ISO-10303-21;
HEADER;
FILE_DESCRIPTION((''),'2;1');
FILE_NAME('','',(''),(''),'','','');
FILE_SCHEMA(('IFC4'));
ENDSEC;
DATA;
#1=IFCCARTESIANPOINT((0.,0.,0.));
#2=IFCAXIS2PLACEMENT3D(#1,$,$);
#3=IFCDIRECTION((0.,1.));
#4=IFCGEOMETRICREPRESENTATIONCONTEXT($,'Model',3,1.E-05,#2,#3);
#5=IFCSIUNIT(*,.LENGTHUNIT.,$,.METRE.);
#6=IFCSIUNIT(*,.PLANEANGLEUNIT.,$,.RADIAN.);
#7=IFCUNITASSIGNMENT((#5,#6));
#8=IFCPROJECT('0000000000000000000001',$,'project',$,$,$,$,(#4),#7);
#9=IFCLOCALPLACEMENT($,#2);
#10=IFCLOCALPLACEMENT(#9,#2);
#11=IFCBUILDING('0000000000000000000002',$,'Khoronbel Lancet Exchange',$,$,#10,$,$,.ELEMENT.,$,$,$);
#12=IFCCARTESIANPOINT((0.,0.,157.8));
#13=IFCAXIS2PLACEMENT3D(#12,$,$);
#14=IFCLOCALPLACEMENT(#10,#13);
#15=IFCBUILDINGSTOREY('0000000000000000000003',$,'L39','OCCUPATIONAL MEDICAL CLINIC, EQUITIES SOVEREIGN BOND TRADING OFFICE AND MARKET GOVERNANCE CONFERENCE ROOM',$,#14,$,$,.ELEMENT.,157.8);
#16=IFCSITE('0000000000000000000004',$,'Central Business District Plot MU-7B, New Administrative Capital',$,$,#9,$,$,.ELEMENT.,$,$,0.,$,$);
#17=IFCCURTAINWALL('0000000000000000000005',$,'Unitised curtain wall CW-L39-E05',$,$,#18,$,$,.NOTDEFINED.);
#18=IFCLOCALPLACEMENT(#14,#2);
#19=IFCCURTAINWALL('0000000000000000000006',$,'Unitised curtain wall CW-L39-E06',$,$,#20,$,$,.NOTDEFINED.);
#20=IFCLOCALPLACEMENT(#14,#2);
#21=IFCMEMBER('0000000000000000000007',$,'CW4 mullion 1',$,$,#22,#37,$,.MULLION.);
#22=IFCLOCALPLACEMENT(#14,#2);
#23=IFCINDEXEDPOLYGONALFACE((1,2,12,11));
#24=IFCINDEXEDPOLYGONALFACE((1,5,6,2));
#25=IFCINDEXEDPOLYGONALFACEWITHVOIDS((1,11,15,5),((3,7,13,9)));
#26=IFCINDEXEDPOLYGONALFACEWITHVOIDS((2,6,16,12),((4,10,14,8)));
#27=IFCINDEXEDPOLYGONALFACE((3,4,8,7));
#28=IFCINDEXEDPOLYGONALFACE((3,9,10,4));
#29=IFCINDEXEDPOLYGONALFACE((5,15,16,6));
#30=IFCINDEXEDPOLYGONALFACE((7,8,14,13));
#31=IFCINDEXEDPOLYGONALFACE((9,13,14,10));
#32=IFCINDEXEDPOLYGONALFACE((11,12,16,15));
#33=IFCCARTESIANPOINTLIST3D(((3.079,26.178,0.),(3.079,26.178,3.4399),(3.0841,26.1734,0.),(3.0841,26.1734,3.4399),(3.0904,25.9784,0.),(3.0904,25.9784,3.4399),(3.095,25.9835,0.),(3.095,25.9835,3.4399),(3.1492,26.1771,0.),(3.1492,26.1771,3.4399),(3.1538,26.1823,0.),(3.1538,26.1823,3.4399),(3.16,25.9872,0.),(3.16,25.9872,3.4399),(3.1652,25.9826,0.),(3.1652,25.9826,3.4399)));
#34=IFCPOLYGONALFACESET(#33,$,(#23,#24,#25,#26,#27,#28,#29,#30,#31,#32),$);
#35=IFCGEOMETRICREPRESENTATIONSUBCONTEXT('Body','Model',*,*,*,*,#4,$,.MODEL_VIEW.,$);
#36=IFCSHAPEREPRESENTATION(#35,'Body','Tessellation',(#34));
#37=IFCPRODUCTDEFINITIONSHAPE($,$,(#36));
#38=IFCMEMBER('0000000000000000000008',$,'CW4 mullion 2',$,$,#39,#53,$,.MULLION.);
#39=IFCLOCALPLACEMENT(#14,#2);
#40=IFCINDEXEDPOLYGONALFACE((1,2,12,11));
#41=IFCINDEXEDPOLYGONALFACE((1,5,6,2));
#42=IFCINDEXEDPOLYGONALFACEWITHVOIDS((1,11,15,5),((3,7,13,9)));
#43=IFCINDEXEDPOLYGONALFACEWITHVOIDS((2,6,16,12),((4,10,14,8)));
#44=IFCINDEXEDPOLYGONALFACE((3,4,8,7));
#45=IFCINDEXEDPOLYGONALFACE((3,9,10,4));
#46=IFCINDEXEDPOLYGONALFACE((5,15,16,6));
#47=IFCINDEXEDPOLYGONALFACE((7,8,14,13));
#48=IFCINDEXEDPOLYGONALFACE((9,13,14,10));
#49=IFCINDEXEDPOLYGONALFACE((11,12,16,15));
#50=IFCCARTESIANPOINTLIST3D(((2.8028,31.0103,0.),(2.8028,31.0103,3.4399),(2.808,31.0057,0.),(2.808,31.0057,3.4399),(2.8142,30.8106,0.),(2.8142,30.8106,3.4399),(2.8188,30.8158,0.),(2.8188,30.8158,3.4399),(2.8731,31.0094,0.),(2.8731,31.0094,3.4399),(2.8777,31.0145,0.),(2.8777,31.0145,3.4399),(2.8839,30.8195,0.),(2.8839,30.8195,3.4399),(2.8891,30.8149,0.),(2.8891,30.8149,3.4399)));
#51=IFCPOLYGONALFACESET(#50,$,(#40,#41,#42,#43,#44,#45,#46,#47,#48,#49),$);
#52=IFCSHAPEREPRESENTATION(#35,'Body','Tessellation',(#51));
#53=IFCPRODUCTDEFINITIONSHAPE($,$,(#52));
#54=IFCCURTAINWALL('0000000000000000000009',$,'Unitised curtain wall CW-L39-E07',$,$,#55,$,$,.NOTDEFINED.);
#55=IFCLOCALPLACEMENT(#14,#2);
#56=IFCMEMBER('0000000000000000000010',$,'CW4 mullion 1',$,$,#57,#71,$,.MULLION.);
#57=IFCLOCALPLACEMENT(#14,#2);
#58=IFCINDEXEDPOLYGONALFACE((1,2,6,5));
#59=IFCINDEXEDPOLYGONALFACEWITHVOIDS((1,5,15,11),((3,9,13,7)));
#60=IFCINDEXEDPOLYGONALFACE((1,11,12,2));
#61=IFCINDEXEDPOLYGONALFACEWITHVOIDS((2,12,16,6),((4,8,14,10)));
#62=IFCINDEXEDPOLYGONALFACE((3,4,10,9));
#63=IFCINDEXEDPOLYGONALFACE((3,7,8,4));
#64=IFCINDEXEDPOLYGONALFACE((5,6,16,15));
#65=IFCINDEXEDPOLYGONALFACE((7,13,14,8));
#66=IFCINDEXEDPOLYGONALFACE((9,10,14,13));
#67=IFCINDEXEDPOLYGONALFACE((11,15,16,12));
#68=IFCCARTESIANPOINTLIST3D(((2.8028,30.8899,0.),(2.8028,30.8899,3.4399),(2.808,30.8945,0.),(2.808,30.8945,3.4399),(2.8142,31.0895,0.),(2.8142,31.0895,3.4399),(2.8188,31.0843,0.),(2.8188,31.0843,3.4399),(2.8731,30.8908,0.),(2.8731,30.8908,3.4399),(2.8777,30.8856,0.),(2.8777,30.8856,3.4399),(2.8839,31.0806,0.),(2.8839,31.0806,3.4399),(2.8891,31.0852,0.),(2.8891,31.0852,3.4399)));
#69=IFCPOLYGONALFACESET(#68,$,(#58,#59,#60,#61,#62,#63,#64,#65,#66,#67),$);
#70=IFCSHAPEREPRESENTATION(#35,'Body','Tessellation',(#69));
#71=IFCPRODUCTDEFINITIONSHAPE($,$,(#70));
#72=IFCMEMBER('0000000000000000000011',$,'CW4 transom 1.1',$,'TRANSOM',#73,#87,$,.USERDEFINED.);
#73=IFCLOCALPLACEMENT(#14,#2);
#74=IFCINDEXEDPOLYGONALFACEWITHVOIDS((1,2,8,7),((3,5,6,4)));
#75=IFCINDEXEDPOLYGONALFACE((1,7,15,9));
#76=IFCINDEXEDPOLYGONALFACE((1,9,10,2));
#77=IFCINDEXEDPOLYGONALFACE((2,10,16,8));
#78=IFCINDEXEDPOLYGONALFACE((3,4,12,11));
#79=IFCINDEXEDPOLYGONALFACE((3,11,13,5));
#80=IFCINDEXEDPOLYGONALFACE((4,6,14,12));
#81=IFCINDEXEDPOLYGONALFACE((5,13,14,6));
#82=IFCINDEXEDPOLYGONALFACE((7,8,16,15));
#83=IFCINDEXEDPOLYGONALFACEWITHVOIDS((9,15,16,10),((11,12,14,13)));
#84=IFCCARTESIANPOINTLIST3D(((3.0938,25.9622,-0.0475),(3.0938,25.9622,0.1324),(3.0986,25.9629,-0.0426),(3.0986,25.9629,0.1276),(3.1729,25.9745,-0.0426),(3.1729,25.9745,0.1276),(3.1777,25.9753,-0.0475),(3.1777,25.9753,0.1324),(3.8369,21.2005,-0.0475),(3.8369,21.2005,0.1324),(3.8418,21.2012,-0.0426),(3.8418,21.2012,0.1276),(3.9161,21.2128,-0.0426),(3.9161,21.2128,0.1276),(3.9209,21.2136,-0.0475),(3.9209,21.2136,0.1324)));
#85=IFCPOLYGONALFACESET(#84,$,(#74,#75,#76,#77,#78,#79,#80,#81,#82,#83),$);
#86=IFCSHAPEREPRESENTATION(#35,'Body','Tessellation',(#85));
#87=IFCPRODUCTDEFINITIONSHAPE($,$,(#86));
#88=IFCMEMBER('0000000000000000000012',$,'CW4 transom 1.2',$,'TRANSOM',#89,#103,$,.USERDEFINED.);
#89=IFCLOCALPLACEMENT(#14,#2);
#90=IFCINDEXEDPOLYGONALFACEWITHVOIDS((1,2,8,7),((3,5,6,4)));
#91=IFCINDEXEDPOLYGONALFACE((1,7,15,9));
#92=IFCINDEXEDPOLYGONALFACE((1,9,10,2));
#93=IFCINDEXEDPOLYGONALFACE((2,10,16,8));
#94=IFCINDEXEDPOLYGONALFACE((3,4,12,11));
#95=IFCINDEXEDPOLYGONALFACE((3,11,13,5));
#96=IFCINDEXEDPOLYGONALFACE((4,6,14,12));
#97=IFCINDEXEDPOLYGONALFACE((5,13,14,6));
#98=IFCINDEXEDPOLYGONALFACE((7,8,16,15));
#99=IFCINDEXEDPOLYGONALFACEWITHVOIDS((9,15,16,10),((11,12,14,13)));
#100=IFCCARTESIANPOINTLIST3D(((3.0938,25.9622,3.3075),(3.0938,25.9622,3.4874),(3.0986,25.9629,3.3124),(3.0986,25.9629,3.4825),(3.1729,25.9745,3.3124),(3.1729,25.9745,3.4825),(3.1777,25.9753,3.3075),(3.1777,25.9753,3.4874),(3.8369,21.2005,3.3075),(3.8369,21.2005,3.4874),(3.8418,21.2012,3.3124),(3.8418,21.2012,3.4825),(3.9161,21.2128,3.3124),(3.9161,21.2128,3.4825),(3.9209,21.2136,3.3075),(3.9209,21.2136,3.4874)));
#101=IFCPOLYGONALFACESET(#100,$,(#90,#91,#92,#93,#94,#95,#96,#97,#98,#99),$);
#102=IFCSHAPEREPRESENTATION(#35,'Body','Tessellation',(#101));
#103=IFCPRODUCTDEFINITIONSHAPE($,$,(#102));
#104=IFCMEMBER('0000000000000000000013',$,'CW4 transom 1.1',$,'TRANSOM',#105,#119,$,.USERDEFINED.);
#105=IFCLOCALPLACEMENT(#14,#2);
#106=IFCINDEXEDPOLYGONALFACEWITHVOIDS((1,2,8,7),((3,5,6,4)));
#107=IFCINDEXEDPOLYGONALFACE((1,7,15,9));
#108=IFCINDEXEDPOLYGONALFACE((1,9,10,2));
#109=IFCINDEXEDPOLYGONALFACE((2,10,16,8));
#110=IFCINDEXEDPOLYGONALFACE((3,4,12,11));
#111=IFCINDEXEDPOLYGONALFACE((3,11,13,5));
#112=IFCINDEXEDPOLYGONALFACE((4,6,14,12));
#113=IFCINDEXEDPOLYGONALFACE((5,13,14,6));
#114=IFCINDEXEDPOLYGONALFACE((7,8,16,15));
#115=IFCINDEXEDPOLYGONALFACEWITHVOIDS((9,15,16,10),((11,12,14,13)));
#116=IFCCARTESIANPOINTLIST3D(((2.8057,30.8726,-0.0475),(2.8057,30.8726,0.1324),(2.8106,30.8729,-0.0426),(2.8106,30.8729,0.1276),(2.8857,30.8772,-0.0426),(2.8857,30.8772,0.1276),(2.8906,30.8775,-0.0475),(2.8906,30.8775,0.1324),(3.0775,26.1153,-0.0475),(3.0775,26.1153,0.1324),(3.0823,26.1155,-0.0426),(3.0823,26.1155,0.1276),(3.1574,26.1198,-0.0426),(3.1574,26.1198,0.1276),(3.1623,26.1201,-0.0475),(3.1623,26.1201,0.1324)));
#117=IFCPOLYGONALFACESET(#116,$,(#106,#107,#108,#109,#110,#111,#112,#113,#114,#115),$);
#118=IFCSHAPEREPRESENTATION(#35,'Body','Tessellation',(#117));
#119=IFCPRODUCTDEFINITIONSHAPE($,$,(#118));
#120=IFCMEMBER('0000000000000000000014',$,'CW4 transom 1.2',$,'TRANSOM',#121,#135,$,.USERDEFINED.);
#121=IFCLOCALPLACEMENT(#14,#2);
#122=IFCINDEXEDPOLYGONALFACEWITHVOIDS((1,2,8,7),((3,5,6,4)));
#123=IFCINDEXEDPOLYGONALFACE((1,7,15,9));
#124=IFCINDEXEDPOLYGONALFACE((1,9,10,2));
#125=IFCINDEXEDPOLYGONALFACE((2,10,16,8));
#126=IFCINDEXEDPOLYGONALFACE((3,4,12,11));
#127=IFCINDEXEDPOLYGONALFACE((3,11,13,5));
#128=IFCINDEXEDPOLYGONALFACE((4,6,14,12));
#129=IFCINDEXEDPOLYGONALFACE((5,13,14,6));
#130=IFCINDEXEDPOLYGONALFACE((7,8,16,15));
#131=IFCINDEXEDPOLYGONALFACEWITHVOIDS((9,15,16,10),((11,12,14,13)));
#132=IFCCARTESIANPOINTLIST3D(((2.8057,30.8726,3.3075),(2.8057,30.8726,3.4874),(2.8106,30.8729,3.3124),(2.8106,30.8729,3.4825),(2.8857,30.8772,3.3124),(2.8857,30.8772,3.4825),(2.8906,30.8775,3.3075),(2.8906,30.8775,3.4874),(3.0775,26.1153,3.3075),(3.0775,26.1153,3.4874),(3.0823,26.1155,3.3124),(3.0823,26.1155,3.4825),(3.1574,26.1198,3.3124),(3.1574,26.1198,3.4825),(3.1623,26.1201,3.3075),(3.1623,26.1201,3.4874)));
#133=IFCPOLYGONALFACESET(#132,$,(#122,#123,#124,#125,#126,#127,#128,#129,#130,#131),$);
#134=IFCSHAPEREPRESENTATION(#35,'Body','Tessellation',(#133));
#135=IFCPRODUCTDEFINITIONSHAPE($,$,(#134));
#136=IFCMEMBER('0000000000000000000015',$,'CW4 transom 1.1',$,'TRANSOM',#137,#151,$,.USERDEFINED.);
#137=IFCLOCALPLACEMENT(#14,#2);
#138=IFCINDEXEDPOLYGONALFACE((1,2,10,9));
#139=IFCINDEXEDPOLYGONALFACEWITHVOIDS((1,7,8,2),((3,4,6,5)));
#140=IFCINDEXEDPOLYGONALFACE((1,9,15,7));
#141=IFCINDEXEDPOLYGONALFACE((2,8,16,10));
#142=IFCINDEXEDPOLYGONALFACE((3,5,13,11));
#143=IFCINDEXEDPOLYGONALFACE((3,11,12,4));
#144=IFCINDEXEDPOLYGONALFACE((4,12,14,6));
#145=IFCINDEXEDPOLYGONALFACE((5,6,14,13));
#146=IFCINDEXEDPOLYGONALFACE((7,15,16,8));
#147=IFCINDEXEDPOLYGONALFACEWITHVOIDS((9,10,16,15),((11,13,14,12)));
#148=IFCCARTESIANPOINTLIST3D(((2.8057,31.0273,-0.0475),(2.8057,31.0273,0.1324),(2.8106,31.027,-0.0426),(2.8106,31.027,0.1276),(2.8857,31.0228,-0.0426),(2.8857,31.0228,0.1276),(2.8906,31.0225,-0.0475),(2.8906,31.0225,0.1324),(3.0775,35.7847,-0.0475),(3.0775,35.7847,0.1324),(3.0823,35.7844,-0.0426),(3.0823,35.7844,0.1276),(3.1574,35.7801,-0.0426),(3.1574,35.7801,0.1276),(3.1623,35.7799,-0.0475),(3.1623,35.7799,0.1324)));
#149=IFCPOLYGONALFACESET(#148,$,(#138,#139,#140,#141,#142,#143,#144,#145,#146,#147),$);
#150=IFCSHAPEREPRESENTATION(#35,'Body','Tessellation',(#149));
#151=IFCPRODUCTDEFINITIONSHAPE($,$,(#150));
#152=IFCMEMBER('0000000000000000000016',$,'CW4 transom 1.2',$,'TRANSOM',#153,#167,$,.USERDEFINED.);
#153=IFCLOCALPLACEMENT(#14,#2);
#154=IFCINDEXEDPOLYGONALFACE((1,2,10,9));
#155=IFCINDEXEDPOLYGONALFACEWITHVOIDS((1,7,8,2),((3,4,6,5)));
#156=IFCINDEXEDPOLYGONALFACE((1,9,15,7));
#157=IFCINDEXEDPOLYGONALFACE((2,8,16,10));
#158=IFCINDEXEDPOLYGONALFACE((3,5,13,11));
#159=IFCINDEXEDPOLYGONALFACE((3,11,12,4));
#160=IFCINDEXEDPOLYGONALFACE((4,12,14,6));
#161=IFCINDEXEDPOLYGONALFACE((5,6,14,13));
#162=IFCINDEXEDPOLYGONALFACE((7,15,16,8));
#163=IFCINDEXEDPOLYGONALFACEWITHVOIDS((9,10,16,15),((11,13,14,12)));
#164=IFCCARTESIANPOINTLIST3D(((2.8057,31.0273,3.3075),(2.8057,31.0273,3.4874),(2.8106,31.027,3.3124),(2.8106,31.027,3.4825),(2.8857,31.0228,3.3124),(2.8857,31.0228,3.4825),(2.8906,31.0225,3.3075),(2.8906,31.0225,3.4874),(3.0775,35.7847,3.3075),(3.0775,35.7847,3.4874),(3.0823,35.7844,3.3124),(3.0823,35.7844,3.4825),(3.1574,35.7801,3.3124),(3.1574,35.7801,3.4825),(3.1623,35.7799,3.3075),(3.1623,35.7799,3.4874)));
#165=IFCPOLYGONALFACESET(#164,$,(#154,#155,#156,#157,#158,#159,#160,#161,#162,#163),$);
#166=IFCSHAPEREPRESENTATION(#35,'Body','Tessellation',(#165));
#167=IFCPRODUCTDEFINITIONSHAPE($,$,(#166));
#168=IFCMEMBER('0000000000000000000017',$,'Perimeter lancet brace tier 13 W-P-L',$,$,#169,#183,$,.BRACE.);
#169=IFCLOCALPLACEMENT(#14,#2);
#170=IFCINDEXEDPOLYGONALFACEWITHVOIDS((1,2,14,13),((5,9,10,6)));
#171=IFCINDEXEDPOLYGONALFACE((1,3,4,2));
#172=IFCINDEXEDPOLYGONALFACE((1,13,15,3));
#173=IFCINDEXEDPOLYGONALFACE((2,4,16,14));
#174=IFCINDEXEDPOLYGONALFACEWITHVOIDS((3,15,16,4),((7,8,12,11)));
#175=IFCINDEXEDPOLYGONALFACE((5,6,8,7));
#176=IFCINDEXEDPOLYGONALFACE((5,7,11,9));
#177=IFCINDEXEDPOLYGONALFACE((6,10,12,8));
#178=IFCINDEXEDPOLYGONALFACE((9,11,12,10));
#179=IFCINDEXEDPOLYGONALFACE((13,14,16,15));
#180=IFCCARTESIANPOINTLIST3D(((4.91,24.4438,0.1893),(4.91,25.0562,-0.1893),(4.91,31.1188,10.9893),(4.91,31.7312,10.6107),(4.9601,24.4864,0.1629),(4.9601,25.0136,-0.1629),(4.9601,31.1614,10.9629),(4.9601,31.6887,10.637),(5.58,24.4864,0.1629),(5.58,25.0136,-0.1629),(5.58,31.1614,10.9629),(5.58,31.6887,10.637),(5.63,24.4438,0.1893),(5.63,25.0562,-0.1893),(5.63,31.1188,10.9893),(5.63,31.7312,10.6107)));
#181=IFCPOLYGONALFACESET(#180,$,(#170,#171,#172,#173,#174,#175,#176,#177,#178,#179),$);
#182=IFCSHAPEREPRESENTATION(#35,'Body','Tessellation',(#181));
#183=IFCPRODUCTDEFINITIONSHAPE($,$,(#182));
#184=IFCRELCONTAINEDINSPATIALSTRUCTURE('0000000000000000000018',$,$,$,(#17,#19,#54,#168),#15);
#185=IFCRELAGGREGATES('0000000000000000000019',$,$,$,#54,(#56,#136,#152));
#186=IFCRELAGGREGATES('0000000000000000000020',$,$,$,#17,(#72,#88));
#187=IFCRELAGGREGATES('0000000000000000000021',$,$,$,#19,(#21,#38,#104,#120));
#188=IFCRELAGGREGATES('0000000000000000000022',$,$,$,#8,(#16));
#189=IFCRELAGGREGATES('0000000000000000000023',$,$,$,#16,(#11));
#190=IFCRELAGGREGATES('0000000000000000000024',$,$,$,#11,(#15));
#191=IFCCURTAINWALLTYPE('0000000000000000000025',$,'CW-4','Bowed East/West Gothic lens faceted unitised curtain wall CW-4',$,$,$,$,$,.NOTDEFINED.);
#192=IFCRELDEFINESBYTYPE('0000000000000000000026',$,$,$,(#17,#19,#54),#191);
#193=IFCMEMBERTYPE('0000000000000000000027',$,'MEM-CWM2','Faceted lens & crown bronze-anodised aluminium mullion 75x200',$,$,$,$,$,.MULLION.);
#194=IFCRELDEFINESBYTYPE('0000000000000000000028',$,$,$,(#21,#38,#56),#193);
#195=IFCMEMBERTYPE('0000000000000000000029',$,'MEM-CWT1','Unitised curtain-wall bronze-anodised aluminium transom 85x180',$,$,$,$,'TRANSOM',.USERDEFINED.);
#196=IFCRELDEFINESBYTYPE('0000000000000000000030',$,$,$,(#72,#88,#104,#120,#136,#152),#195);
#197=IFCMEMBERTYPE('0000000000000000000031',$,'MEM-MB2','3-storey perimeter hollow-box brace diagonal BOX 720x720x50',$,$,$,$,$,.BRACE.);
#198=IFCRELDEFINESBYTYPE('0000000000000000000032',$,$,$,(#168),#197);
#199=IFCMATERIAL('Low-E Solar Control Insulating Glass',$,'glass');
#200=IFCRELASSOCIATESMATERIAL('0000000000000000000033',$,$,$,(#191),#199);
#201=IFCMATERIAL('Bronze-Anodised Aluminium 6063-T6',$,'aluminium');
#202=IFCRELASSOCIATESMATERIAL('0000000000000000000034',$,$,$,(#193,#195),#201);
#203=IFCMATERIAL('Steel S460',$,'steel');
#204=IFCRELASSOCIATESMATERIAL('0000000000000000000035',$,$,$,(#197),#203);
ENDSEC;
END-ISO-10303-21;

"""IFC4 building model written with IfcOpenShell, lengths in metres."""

from ifc_helpers import new_model, si_unit, direction, frame, origin, origin_2d, place, context, subcontext, project, spatial, hollow_rectangle, extrude, material, material_profile, profile_set, type_object, element, aggregate, save


model = new_model("IFC4")

# Units and contexts
model_context = context("Model", 3, precision=1e-05, world=origin(), true_north=direction((0.0, 1.0)))
body_context = subcontext(model_context, "Body", "Model", "MODEL_VIEW")
ifc_project = project(units=[si_unit("LENGTHUNIT", "METRE"), si_unit("PLANEANGLEUNIT", "RADIAN")], contexts=[model_context])

# Site, building, storey
site_placement = place(None, origin())
site = spatial("IfcSite", under=ifc_project, at=site_placement, Name="Central Business District Plot MU-7B, New Administrative Capital", CompositionType="ELEMENT", RefElevation=0.0)
building_placement = place(site_placement, origin())
building = spatial("IfcBuilding", under=site, at=building_placement, Name="Khoronbel Lancet Exchange", CompositionType="ELEMENT")
storey_placement = place(building_placement, frame((0.0, 0.0, 157.8)))
storey = spatial("IfcBuildingStorey", under=building, at=storey_placement, Name="L39", Description="OCCUPATIONAL MEDICAL CLINIC, EQUITIES SOVEREIGN BOND TRADING OFFICE AND MARKET GOVERNANCE CONFERENCE ROOM", CompositionType="ELEMENT", Elevation=157.8)

# Shared definitions
ifc_material_1 = material(Name="Low-E Solar Control Insulating Glass", Category="glass")
curtain_wall_type = type_object("IfcCurtainWallType", Name="CW-4", Description="Bowed East/West Gothic lens faceted unitised curtain wall CW-4", PredefinedType="NOTDEFINED", material=ifc_material_1)
ifc_material_2 = material(Name="Bronze-Anodised Aluminium 6063-T6", Category="aluminium")
ifc_material_profile_1 = material_profile(ifc_material_2, hollow_rectangle(XDim=0.075, YDim=0.2, WallThickness=0.0049, at=origin_2d()), Name="ALU MULLION 75x200")
ifc_profile_set_1 = profile_set([ifc_material_profile_1], Name="Bronze-Anodised Aluminium 6063-T6")
member_type_1 = type_object("IfcMemberType", Name="MEM-CWM2", Description="Faceted lens & crown bronze-anodised aluminium mullion 75x200", PredefinedType="MULLION", material=ifc_profile_set_1)

# Curtain walls, members
curtain_wall_1_placement = place(storey_placement, origin())
curtain_wall_1 = element("IfcCurtainWall", 1, at=curtain_wall_1_placement, inside=storey, type_object=curtain_wall_type, Name="Unitised curtain wall CW-L39-E05", PredefinedType="NOTDEFINED")
curtain_wall_2_placement = place(storey_placement, origin())
curtain_wall_2 = element("IfcCurtainWall", 2, at=curtain_wall_2_placement, inside=storey, type_object=curtain_wall_type, Name="Unitised curtain wall CW-L39-E06", PredefinedType="NOTDEFINED")
member_1_placement = place(storey_placement, frame((3.1221, 26.0803, 0.0), z_axis=(0.0, 0.0, 1.0), x_axis=(-0.998373, -0.057027, 0.0)))
member_1 = element("IfcMember", 3, at=member_1_placement, type_object=member_type_1, Name="CW4 mullion 1", PredefinedType="MULLION", context=body_context, shape_type="SweptSolid", body=[
    extrude(hollow_rectangle(XDim=0.075, YDim=0.2, WallThickness=0.0049, at=origin_2d()), origin(), (0.0, 0.0, 1.0), 3.4399),
])
member_2_placement = place(storey_placement, frame((2.8459, 30.9126, 0.0), z_axis=(0.0, 0.0, 1.0), x_axis=(-0.998373, -0.057027, 0.0)))
member_2 = element("IfcMember", 4, at=member_2_placement, type_object=member_type_1, Name="CW4 mullion 2", PredefinedType="MULLION", context=body_context, shape_type="SweptSolid", body=[
    extrude(hollow_rectangle(XDim=0.075, YDim=0.2, WallThickness=0.0049, at=origin_2d()), origin(), (0.0, 0.0, 1.0), 3.4399),
])

# Curtain wall, member
curtain_wall_3_placement = place(storey_placement, origin())
curtain_wall_3 = element("IfcCurtainWall", 5, at=curtain_wall_3_placement, inside=storey, type_object=curtain_wall_type, Name="Unitised curtain wall CW-L39-E07", PredefinedType="NOTDEFINED")
member_3_placement = place(storey_placement, frame((2.8459, 30.9875, 0.0), z_axis=(0.0, 0.0, 1.0), x_axis=(-0.998373, 0.057027, 0.0)))
member_3 = element("IfcMember", 6, at=member_3_placement, type_object=member_type_1, Name="CW4 mullion 1", PredefinedType="MULLION", context=body_context, shape_type="SweptSolid", body=[
    extrude(hollow_rectangle(XDim=0.075, YDim=0.2, WallThickness=0.0049, at=origin_2d()), origin(), (0.0, 0.0, 1.0), 3.4399),
])

# Members
ifc_material_profile_2 = material_profile(ifc_material_2, hollow_rectangle(XDim=0.085, YDim=0.1799, WallThickness=0.0049, at=origin_2d()), Name="ALU TRANSOM 85x180")
ifc_profile_set_2 = profile_set([ifc_material_profile_2], Name="Bronze-Anodised Aluminium 6063-T6")
member_type_2 = type_object("IfcMemberType", Name="MEM-CWT1", Description="Unitised curtain-wall bronze-anodised aluminium transom 85x180", ElementType="TRANSOM", PredefinedType="USERDEFINED", material=ifc_profile_set_2)
member_4_placement = place(storey_placement, frame((3.8789, 21.207, 0.0425), z_axis=(-0.154204, 0.988039, 0.0), x_axis=(-0.988039, -0.154204, 0.0)))
member_4 = element("IfcMember", 7, at=member_4_placement, type_object=member_type_2, Name="CW4 transom 1.1", ObjectType="TRANSOM", PredefinedType="USERDEFINED", context=body_context, shape_type="SweptSolid", body=[
    extrude(hollow_rectangle(XDim=0.085, YDim=0.1799, WallThickness=0.0049, at=origin_2d()), origin(), (0.0, 0.0, 1.0), 4.8193),
])
member_5_placement = place(storey_placement, frame((3.8789, 21.207, 3.3975), z_axis=(-0.154204, 0.988039, 0.0), x_axis=(-0.988039, -0.154204, 0.0)))
member_5 = element("IfcMember", 8, at=member_5_placement, type_object=member_type_2, Name="CW4 transom 1.2", ObjectType="TRANSOM", PredefinedType="USERDEFINED", context=body_context, shape_type="SweptSolid", body=[
    extrude(hollow_rectangle(XDim=0.085, YDim=0.1799, WallThickness=0.0049, at=origin_2d()), origin(), (0.0, 0.0, 1.0), 4.8193),
])
member_6_placement = place(storey_placement, frame((3.1199, 26.1177, 0.0425), z_axis=(-0.057025, 0.998373, 0.0), x_axis=(-0.998373, -0.057025, 0.0)))
member_6 = element("IfcMember", 9, at=member_6_placement, type_object=member_type_2, Name="CW4 transom 1.1", ObjectType="TRANSOM", PredefinedType="USERDEFINED", context=body_context, shape_type="SweptSolid", body=[
    extrude(hollow_rectangle(XDim=0.085, YDim=0.1799, WallThickness=0.0049, at=origin_2d()), origin(), (0.0, 0.0, 1.0), 4.7651),
])
member_7_placement = place(storey_placement, frame((3.1199, 26.1177, 3.3975), z_axis=(-0.057025, 0.998373, 0.0), x_axis=(-0.998373, -0.057025, 0.0)))
member_7 = element("IfcMember", 10, at=member_7_placement, type_object=member_type_2, Name="CW4 transom 1.2", ObjectType="TRANSOM", PredefinedType="USERDEFINED", context=body_context, shape_type="SweptSolid", body=[
    extrude(hollow_rectangle(XDim=0.085, YDim=0.1799, WallThickness=0.0049, at=origin_2d()), origin(), (0.0, 0.0, 1.0), 4.7651),
])
member_8_placement = place(storey_placement, frame((2.8481, 31.0249, 0.0425), z_axis=(0.057025, 0.998373, 0.0), x_axis=(-0.998373, 0.057025, 0.0)))
member_8 = element("IfcMember", 11, at=member_8_placement, type_object=member_type_2, Name="CW4 transom 1.1", ObjectType="TRANSOM", PredefinedType="USERDEFINED", context=body_context, shape_type="SweptSolid", body=[
    extrude(hollow_rectangle(XDim=0.085, YDim=0.1799, WallThickness=0.0049, at=origin_2d()), origin(), (0.0, 0.0, 1.0), 4.7651),
])
member_9_placement = place(storey_placement, frame((2.8481, 31.0249, 3.3975), z_axis=(0.057025, 0.998373, 0.0), x_axis=(-0.998373, 0.057025, 0.0)))
member_9 = element("IfcMember", 12, at=member_9_placement, type_object=member_type_2, Name="CW4 transom 1.2", ObjectType="TRANSOM", PredefinedType="USERDEFINED", context=body_context, shape_type="SweptSolid", body=[
    extrude(hollow_rectangle(XDim=0.085, YDim=0.1799, WallThickness=0.0049, at=origin_2d()), origin(), (0.0, 0.0, 1.0), 4.7651),
])
aggregate(curtain_wall_3, [member_3, member_8, member_9])
ifc_material_3 = material(Name="Steel S460", Category="steel")
ifc_material_profile_3 = material_profile(ifc_material_3, hollow_rectangle(XDim=0.72, YDim=0.72, WallThickness=0.05, at=origin_2d()), Name="BOX 720x720x50")
ifc_profile_set_3 = profile_set([ifc_material_profile_3], Name="Steel S460")
member_type_3 = type_object("IfcMemberType", Name="MEM-MB2", Description="3-storey perimeter hollow-box brace diagonal BOX 720x720x50", PredefinedType="BRACE", material=ifc_profile_set_3)
member_10_placement = place(storey_placement, frame((5.27, 24.75, 0.0), z_axis=(0.0, 0.525745, 0.850642), x_axis=(-1.0, 0.0, 0.0)))
element("IfcMember", 13, at=member_10_placement, inside=storey, type_object=member_type_3, Name="Perimeter lancet brace tier 13 W-P-L", PredefinedType="BRACE", context=body_context, shape_type="SweptSolid", body=[
    extrude(hollow_rectangle(XDim=0.72, YDim=0.72, WallThickness=0.05, at=origin_2d()), origin(), (0.0, 0.0, 1.0), 12.6963),
])

aggregate(curtain_wall_1, [member_4, member_5])
aggregate(curtain_wall_2, [member_1, member_2, member_6, member_7])

save(model, "model.ifc")
